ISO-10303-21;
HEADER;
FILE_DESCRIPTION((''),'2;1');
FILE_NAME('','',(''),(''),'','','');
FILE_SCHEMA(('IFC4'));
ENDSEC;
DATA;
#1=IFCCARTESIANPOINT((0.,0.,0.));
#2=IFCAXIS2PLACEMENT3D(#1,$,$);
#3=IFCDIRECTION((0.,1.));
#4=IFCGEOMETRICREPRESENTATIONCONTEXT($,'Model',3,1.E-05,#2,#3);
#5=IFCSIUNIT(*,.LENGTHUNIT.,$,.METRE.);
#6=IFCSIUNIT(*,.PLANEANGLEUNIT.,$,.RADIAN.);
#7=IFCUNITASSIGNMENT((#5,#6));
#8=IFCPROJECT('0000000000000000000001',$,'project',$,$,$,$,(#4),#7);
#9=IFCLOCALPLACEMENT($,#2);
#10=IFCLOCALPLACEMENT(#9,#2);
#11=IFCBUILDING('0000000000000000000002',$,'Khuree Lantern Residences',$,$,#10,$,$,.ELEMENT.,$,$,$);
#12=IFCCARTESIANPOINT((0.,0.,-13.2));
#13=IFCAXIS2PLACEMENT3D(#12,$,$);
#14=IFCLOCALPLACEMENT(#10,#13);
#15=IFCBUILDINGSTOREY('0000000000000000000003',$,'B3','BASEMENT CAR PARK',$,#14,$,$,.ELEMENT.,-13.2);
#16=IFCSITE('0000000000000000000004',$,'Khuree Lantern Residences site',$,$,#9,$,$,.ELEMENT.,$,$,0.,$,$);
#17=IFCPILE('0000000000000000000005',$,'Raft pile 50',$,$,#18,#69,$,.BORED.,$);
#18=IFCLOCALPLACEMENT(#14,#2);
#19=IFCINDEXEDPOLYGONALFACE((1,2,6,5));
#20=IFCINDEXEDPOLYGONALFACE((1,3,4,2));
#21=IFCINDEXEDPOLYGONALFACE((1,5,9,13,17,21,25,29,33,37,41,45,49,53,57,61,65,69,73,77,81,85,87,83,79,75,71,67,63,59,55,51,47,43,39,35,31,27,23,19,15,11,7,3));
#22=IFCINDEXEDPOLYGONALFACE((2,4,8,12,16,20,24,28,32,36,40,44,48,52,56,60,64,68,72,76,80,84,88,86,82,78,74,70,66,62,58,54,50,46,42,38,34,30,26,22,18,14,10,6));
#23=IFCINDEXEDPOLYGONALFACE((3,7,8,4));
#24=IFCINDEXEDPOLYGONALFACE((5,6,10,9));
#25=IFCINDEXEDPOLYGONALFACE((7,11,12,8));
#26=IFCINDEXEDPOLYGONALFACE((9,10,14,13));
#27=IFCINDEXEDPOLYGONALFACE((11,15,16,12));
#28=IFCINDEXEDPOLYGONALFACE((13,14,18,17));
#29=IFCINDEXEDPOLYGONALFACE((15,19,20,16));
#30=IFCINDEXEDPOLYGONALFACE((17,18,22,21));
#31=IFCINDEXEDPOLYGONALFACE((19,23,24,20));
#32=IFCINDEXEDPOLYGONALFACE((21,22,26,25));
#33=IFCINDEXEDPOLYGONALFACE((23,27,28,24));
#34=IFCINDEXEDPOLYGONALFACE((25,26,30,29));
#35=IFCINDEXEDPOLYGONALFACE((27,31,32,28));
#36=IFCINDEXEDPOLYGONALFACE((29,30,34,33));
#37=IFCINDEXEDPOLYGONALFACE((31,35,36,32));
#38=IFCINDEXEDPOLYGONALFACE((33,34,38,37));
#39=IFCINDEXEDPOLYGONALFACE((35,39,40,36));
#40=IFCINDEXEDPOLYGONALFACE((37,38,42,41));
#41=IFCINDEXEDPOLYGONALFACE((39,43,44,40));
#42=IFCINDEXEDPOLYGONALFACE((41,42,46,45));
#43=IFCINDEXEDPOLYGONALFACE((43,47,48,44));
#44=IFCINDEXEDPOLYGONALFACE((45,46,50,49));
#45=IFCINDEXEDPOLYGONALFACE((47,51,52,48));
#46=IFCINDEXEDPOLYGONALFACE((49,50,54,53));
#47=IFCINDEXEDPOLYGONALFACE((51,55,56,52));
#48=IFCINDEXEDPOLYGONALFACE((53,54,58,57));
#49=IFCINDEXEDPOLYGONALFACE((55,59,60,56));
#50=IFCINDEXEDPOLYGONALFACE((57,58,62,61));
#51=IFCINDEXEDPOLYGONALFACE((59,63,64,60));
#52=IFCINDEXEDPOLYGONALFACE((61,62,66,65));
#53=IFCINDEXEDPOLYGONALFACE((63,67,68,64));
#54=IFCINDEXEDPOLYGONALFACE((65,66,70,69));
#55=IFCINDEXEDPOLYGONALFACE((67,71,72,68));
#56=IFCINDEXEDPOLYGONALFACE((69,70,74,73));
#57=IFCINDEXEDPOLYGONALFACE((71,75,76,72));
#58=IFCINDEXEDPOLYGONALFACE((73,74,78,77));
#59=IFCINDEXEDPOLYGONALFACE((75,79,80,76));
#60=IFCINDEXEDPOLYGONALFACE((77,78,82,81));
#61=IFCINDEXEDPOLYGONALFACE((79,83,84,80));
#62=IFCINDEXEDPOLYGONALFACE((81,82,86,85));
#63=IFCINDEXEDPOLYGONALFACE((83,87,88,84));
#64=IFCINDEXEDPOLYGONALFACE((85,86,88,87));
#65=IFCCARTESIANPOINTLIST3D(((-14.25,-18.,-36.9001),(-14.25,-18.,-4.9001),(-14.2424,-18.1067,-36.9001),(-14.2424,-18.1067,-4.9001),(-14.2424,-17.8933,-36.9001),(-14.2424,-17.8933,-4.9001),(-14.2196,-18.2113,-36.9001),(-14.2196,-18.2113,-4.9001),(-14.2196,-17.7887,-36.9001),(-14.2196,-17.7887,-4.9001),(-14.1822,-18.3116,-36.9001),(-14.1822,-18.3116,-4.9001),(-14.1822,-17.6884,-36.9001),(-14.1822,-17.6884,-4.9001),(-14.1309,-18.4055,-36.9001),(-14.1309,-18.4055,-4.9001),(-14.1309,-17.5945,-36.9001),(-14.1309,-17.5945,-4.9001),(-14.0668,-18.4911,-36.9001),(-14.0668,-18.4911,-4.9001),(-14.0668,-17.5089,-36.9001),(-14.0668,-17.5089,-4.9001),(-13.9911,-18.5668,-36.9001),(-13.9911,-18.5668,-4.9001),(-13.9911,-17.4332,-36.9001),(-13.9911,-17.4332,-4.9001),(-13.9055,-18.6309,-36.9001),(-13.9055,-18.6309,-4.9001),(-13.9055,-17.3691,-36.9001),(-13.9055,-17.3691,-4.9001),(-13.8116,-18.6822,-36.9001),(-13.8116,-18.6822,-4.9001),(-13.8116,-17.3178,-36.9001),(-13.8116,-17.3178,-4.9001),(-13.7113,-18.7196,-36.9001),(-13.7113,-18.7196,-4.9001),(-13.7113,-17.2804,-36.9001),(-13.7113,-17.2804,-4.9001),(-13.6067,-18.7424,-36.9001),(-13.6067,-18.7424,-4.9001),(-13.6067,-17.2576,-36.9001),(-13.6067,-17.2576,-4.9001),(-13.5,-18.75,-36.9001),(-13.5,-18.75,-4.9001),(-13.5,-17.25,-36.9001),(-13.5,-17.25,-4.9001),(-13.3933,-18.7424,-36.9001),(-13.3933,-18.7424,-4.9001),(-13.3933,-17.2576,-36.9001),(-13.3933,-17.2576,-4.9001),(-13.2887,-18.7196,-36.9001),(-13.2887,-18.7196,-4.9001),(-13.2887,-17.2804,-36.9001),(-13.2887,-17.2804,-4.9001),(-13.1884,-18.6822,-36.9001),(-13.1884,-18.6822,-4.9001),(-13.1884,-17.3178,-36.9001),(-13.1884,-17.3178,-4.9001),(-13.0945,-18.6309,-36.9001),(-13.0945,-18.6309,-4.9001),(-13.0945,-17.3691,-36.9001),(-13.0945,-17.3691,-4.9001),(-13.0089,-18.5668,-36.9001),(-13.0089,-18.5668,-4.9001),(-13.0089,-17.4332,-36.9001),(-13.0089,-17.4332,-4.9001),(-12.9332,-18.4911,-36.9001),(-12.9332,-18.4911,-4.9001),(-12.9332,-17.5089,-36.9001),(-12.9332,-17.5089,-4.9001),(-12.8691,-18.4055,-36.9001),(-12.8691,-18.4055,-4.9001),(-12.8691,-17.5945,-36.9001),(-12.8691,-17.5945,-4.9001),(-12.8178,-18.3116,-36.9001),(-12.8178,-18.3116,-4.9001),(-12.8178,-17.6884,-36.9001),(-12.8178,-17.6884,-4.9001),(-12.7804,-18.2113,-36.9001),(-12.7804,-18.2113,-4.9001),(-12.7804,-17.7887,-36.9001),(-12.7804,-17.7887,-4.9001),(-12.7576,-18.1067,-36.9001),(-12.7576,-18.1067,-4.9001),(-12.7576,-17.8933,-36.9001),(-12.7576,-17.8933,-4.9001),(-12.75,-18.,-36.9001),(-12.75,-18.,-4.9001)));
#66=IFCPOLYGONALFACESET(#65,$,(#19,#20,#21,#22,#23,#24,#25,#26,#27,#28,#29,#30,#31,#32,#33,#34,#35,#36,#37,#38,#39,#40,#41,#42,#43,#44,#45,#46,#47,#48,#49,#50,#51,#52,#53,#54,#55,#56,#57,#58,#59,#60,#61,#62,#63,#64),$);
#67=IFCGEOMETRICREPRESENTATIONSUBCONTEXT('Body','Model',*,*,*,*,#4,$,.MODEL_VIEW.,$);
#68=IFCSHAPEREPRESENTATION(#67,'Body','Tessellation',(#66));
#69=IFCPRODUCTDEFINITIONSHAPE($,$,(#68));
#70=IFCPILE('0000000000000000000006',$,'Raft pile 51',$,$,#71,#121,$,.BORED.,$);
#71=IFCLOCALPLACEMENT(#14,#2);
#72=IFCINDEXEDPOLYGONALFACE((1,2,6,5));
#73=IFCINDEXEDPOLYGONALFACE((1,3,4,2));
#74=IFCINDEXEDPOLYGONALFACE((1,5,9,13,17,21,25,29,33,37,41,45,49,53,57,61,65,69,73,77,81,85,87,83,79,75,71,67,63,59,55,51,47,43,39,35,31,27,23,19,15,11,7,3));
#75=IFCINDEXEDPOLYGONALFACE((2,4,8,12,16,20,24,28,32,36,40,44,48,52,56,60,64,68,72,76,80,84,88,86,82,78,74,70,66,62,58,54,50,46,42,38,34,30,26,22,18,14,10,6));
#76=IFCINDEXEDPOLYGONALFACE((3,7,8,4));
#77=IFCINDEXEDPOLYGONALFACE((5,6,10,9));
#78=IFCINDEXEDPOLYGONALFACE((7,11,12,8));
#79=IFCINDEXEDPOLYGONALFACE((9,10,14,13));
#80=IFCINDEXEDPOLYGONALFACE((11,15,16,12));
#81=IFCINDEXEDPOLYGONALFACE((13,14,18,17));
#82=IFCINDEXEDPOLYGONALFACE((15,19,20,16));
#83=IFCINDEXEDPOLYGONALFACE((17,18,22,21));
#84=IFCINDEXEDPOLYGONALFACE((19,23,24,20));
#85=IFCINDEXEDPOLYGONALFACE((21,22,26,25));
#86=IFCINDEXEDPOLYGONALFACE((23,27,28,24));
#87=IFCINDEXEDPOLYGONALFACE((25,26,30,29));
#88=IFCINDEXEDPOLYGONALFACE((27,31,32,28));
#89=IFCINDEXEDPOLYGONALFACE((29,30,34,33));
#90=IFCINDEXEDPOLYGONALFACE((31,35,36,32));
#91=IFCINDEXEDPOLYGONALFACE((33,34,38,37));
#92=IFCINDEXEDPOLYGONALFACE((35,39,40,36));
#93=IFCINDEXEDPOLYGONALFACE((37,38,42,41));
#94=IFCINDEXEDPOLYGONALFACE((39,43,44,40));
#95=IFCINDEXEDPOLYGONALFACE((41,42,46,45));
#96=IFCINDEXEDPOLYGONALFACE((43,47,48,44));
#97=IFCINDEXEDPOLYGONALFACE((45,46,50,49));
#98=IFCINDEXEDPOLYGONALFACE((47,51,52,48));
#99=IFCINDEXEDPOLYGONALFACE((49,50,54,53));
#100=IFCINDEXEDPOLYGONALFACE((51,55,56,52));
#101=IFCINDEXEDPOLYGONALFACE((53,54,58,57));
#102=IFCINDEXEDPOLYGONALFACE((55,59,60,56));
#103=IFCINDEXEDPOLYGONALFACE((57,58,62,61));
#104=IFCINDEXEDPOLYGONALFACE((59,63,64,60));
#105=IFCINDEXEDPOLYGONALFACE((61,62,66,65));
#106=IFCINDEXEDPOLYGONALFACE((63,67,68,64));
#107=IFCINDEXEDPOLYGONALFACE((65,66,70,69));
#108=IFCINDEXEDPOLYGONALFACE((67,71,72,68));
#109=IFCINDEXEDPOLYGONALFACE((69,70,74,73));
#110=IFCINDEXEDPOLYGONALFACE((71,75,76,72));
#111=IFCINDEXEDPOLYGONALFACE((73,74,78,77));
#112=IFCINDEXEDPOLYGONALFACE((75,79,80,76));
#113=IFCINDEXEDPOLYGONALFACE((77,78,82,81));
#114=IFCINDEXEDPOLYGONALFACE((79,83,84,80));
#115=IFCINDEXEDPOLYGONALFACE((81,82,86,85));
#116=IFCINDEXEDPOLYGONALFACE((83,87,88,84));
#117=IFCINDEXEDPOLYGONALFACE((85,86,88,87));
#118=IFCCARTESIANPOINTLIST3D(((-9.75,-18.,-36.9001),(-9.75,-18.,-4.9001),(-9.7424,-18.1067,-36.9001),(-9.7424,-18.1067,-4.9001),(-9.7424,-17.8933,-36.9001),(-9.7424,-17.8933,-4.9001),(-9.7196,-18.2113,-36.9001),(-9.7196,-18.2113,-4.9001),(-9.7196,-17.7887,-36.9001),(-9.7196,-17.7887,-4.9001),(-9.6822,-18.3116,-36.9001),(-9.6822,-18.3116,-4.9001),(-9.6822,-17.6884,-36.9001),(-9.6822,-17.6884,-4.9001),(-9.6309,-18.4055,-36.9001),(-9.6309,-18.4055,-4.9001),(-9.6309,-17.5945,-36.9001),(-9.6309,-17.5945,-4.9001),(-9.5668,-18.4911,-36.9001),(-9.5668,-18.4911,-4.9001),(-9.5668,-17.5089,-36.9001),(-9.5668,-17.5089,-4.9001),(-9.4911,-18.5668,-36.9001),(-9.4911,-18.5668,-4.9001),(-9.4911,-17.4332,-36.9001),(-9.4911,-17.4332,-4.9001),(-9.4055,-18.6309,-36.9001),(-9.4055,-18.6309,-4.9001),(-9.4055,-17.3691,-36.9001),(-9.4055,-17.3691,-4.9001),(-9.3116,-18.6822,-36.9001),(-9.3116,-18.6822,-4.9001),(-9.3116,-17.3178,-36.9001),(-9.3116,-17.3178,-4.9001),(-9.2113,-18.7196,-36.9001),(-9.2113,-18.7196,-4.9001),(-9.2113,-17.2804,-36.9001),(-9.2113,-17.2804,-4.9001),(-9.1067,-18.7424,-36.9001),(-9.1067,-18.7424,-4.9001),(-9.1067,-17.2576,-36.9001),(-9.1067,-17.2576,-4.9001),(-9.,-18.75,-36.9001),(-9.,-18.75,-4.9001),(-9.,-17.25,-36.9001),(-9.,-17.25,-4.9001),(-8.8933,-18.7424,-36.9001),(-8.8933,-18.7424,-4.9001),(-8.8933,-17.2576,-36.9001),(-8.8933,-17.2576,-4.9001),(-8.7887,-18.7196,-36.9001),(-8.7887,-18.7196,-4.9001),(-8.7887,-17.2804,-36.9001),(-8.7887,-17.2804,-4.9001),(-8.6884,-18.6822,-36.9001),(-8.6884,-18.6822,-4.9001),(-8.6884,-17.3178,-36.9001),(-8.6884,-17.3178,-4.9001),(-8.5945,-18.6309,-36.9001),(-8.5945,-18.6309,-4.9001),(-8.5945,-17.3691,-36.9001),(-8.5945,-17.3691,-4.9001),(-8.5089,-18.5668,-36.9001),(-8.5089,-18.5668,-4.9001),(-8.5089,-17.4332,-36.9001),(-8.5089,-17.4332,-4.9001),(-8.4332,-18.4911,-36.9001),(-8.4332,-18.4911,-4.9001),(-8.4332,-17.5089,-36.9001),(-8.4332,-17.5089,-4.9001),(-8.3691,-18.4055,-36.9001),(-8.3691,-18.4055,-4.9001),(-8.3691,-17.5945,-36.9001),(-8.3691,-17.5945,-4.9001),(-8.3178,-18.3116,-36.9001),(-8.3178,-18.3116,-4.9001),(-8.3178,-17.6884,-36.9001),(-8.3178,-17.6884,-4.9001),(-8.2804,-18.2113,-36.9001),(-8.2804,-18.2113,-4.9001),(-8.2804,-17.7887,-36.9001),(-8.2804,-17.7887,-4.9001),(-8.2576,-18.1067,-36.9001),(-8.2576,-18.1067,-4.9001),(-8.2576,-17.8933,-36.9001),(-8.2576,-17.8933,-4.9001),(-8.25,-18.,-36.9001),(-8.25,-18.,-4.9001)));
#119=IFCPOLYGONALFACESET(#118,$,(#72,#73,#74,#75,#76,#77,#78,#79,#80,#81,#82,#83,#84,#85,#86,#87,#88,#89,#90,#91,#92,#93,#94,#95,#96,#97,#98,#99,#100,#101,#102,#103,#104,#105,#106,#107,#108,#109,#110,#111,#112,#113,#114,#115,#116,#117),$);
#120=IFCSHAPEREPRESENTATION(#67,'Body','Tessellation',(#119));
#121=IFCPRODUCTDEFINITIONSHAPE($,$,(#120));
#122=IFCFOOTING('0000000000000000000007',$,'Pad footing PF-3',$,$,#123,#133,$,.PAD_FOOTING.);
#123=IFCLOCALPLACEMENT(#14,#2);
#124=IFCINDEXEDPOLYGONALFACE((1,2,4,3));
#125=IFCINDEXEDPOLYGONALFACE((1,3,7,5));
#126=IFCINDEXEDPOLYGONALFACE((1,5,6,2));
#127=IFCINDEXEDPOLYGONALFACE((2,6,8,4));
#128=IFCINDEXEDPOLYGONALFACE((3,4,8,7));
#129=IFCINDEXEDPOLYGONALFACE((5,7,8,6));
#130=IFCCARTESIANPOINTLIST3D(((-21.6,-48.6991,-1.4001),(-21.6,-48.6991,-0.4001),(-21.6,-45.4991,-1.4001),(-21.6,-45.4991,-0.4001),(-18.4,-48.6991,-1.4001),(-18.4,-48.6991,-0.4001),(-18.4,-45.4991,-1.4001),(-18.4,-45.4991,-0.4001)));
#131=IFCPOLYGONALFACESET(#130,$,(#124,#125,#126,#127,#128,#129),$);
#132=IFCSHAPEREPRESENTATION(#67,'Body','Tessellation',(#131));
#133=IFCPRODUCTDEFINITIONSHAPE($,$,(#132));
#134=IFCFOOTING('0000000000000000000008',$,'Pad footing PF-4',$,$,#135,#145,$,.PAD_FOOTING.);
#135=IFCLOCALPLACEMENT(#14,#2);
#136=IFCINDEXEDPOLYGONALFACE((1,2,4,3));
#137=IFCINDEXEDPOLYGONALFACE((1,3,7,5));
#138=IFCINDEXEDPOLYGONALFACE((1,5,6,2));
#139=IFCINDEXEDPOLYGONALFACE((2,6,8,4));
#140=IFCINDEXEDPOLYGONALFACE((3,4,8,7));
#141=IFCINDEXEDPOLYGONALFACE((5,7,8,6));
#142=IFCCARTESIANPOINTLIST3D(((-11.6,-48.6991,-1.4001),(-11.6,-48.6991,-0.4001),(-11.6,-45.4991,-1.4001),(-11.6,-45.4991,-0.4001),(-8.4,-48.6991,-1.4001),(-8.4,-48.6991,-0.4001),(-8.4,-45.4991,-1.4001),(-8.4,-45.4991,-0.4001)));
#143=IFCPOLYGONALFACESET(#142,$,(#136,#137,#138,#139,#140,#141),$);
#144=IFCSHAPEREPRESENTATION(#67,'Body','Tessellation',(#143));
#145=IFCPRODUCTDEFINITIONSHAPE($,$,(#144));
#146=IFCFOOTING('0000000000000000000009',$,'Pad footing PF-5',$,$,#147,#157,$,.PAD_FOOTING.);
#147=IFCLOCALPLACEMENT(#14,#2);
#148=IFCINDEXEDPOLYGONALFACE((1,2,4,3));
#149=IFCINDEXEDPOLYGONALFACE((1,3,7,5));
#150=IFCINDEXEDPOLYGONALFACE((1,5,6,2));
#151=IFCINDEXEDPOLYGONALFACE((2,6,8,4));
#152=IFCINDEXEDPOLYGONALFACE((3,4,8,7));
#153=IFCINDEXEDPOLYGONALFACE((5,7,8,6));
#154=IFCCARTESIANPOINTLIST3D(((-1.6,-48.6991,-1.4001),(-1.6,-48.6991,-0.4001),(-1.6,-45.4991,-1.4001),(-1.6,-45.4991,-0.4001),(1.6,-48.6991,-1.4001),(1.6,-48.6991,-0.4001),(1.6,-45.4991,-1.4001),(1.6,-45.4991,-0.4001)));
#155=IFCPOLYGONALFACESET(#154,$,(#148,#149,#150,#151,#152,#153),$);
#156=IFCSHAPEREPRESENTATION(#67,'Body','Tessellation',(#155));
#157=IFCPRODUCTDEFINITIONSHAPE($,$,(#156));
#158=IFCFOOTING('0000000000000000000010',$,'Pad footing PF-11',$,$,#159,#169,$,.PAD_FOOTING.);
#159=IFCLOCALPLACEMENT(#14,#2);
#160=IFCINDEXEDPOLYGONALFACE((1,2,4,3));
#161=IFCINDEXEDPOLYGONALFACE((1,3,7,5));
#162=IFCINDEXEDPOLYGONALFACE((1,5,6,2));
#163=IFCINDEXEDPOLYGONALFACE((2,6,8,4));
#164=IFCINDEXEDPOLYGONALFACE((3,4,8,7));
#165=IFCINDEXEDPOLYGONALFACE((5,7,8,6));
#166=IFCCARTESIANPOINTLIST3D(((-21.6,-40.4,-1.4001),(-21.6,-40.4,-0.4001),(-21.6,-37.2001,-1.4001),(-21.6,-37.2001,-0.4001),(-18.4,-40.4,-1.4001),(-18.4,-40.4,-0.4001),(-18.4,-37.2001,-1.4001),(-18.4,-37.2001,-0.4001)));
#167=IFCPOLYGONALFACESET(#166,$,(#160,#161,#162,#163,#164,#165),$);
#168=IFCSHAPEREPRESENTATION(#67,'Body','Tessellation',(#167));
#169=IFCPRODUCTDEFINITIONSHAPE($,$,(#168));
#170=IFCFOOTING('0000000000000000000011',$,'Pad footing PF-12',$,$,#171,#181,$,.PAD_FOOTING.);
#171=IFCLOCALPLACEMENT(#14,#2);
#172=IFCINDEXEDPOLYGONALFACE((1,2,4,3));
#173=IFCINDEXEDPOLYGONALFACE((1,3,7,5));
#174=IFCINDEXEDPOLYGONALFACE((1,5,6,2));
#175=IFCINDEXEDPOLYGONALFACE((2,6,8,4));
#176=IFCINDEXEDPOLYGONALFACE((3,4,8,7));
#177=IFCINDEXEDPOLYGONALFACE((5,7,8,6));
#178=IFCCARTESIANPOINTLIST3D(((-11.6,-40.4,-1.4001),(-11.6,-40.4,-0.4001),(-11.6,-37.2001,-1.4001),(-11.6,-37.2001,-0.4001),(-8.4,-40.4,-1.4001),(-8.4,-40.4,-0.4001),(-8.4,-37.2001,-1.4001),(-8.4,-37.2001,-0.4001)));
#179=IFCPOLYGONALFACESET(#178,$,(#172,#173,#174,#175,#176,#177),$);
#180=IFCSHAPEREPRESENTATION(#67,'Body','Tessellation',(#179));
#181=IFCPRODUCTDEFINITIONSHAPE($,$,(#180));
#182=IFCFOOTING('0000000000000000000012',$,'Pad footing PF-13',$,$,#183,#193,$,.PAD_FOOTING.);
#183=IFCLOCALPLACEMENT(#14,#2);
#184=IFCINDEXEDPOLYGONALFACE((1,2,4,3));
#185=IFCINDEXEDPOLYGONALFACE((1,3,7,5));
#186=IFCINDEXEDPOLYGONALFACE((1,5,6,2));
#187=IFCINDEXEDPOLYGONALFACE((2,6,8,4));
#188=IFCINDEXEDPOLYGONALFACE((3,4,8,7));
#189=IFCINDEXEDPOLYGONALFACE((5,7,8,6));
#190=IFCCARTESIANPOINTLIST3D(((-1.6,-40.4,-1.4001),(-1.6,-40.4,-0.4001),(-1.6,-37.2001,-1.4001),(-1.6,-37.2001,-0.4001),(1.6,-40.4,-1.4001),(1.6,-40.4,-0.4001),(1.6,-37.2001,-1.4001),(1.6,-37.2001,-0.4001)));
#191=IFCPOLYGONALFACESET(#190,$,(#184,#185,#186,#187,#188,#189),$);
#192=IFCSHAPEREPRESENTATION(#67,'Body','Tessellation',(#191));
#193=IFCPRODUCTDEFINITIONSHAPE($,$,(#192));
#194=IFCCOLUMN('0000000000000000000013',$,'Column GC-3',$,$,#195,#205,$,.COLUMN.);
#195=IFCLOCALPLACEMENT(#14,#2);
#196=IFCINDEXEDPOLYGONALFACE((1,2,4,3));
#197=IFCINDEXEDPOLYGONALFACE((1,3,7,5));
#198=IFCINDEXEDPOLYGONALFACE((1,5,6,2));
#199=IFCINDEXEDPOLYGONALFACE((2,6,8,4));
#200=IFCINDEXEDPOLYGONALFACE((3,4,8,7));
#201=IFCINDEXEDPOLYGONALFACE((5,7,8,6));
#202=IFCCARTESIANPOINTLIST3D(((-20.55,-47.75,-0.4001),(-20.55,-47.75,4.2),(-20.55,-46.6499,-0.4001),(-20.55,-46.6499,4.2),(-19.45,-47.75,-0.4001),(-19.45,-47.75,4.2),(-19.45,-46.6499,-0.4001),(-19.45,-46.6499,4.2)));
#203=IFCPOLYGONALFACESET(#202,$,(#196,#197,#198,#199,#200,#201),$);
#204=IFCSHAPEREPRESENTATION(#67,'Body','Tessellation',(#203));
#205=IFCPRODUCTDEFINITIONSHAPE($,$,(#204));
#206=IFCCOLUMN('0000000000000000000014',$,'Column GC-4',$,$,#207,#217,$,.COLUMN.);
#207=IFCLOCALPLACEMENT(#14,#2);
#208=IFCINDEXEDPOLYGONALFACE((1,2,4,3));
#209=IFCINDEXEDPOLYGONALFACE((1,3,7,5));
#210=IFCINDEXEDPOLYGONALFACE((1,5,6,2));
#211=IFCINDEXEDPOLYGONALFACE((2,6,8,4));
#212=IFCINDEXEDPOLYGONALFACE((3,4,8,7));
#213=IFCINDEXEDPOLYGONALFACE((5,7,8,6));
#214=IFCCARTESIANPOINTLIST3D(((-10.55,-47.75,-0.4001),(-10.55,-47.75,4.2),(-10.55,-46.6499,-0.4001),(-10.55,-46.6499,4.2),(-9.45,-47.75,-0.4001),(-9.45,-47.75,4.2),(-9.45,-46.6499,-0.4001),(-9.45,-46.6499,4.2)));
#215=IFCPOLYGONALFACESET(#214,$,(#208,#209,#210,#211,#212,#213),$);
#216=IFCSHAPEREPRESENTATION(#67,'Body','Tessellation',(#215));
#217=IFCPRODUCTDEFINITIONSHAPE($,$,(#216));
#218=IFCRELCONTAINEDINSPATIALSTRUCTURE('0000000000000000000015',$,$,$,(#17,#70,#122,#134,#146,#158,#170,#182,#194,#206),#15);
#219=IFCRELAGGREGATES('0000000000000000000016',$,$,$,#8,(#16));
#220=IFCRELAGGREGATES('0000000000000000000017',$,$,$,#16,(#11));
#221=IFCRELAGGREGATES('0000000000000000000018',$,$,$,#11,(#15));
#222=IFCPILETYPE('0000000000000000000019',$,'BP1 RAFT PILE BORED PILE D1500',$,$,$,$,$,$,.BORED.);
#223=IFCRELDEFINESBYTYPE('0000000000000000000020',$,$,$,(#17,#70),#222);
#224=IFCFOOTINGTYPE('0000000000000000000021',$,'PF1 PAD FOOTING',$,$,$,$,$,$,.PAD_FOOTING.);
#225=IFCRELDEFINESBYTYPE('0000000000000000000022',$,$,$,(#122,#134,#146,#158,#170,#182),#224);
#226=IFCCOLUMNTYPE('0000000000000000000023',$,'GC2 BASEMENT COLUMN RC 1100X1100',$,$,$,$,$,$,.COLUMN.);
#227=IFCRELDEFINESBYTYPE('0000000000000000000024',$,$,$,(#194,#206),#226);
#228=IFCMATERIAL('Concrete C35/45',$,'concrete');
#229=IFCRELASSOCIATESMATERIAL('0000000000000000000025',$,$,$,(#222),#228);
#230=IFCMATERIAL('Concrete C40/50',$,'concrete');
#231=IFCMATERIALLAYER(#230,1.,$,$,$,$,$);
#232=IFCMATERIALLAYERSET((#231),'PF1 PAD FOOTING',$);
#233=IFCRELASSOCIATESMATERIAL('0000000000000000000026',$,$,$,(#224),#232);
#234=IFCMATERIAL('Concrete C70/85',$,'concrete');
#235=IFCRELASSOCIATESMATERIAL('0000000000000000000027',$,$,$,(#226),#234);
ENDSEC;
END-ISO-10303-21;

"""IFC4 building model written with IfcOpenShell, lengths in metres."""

from ifc_helpers import new_model, si_unit, direction, frame, origin, origin_2d, place, context, subcontext, project, spatial, rectangle, circle, extrude, material, layer, layer_set, material_profile, profile_set, type_object, element, save


model = new_model("IFC4")

# Units and contexts
model_context = context("Model", 3, precision=1e-05, world=origin(), true_north=direction((0.0, 1.0)))
body_context = subcontext(model_context, "Body", "Model", "MODEL_VIEW")
ifc_project = project(units=[si_unit("LENGTHUNIT", "METRE"), si_unit("PLANEANGLEUNIT", "RADIAN")], contexts=[model_context])

# Site, building, storey
site_placement = place(None, origin())
site = spatial("IfcSite", under=ifc_project, at=site_placement, Name="Khuree Lantern Residences site", CompositionType="ELEMENT", RefElevation=0.0)
building_placement = place(site_placement, origin())
building = spatial("IfcBuilding", under=site, at=building_placement, Name="Khuree Lantern Residences", CompositionType="ELEMENT")
storey_placement = place(building_placement, frame((0.0, 0.0, -13.2)))
storey = spatial("IfcBuildingStorey", under=building, at=storey_placement, Name="B3", Description="BASEMENT CAR PARK", CompositionType="ELEMENT", Elevation=-13.2)

# Piles
ifc_material_1 = material(Name="Concrete C35/45", Category="concrete")
ifc_material_profile_1 = material_profile(ifc_material_1, circle(Radius=0.75, at=origin_2d()), Name="BORED PILE D1500")
ifc_profile_set_1 = profile_set([ifc_material_profile_1], Name="Concrete C35/45")
pile_type = type_object("IfcPileType", Name="BP1 RAFT PILE BORED PILE D1500", PredefinedType="BORED", material=ifc_profile_set_1)
for number, where, z_axis, x_axis, name in (
    (1, (-13.5, -18.0, -4.9001), (0.0, 0.0, -1.0), (1.0, 0.0, 0.0), "Raft pile 50"),
    (2, (-9.0, -18.0, -4.9001), (0.0, 0.0, -1.0), (1.0, 0.0, 0.0), "Raft pile 51"),
):
    element("IfcPile", number, at=place(storey_placement, frame(where, z_axis=z_axis, x_axis=x_axis)), inside=storey, type_object=pile_type, Name=name, PredefinedType="BORED", context=body_context, shape_type="SweptSolid", body=[
        extrude(circle(Radius=0.75, at=origin_2d()), origin(), (0.0, 0.0, 1.0), 32.0),
    ])

# Footings
ifc_material_2 = material(Name="Concrete C40/50", Category="concrete")
ifc_layer = layer(ifc_material_2, 1.0)
ifc_layer_set = layer_set([ifc_layer], Name="PF1 PAD FOOTING")
footing_type = type_object("IfcFootingType", Name="PF1 PAD FOOTING", PredefinedType="PAD_FOOTING", material=ifc_layer_set)
for number, where, z_axis, x_axis, name in (
    (3, (-20.0, -47.0991, -1.4001), (0.0, 0.0, 1.0), (1.0, 0.0, 0.0), "Pad footing PF-3"),
    (4, (-10.0, -47.0991, -1.4001), (0.0, 0.0, 1.0), (1.0, 0.0, 0.0), "Pad footing PF-4"),
    (5, (0.0, -47.0991, -1.4001), (0.0, 0.0, 1.0), (1.0, 0.0, 0.0), "Pad footing PF-5"),
    (6, (-20.0, -38.8, -1.4001), (0.0, 0.0, 1.0), (1.0, 0.0, 0.0), "Pad footing PF-11"),
    (7, (-10.0, -38.8, -1.4001), (0.0, 0.0, 1.0), (1.0, 0.0, 0.0), "Pad footing PF-12"),
    (8, (0.0, -38.8, -1.4001), (0.0, 0.0, 1.0), (1.0, 0.0, 0.0), "Pad footing PF-13"),
):
    element("IfcFooting", number, at=place(storey_placement, frame(where, z_axis=z_axis, x_axis=x_axis)), inside=storey, type_object=footing_type, Name=name, PredefinedType="PAD_FOOTING", context=body_context, shape_type="SweptSolid", body=[
        extrude(rectangle(XDim=3.2, YDim=3.2, at=origin_2d()), origin(), (0.0, 0.0, 1.0), 1.0),
    ])

# Columns
ifc_material_3 = material(Name="Concrete C70/85", Category="concrete")
ifc_material_profile_2 = material_profile(ifc_material_3, rectangle(XDim=1.1001, YDim=1.1001, at=origin_2d()), Name="RC 1100X1100")
ifc_profile_set_2 = profile_set([ifc_material_profile_2], Name="Concrete C70/85")
column_type_1 = type_object("IfcColumnType", Name="GC2 BASEMENT COLUMN RC 1100X1100", PredefinedType="COLUMN", material=ifc_profile_set_2)
for number, where, z_axis, x_axis, name in (
    (9, (-20.0, -47.2, -0.4001), (0.0, 0.0, 1.0), (1.0, 0.0, 0.0), "Column GC-3"),
    (10, (-10.0, -47.2, -0.4001), (0.0, 0.0, 1.0), (1.0, 0.0, 0.0), "Column GC-4"),
):
    element("IfcColumn", number, at=place(storey_placement, frame(where, z_axis=z_axis, x_axis=x_axis)), inside=storey, type_object=column_type_1, Name=name, PredefinedType="COLUMN", context=body_context, shape_type="SweptSolid", body=[
        extrude(rectangle(XDim=1.1001, YDim=1.1001, at=origin_2d()), origin(), (0.0, 0.0, 1.0), 4.6001),
    ])

save(model, "model.ifc")
